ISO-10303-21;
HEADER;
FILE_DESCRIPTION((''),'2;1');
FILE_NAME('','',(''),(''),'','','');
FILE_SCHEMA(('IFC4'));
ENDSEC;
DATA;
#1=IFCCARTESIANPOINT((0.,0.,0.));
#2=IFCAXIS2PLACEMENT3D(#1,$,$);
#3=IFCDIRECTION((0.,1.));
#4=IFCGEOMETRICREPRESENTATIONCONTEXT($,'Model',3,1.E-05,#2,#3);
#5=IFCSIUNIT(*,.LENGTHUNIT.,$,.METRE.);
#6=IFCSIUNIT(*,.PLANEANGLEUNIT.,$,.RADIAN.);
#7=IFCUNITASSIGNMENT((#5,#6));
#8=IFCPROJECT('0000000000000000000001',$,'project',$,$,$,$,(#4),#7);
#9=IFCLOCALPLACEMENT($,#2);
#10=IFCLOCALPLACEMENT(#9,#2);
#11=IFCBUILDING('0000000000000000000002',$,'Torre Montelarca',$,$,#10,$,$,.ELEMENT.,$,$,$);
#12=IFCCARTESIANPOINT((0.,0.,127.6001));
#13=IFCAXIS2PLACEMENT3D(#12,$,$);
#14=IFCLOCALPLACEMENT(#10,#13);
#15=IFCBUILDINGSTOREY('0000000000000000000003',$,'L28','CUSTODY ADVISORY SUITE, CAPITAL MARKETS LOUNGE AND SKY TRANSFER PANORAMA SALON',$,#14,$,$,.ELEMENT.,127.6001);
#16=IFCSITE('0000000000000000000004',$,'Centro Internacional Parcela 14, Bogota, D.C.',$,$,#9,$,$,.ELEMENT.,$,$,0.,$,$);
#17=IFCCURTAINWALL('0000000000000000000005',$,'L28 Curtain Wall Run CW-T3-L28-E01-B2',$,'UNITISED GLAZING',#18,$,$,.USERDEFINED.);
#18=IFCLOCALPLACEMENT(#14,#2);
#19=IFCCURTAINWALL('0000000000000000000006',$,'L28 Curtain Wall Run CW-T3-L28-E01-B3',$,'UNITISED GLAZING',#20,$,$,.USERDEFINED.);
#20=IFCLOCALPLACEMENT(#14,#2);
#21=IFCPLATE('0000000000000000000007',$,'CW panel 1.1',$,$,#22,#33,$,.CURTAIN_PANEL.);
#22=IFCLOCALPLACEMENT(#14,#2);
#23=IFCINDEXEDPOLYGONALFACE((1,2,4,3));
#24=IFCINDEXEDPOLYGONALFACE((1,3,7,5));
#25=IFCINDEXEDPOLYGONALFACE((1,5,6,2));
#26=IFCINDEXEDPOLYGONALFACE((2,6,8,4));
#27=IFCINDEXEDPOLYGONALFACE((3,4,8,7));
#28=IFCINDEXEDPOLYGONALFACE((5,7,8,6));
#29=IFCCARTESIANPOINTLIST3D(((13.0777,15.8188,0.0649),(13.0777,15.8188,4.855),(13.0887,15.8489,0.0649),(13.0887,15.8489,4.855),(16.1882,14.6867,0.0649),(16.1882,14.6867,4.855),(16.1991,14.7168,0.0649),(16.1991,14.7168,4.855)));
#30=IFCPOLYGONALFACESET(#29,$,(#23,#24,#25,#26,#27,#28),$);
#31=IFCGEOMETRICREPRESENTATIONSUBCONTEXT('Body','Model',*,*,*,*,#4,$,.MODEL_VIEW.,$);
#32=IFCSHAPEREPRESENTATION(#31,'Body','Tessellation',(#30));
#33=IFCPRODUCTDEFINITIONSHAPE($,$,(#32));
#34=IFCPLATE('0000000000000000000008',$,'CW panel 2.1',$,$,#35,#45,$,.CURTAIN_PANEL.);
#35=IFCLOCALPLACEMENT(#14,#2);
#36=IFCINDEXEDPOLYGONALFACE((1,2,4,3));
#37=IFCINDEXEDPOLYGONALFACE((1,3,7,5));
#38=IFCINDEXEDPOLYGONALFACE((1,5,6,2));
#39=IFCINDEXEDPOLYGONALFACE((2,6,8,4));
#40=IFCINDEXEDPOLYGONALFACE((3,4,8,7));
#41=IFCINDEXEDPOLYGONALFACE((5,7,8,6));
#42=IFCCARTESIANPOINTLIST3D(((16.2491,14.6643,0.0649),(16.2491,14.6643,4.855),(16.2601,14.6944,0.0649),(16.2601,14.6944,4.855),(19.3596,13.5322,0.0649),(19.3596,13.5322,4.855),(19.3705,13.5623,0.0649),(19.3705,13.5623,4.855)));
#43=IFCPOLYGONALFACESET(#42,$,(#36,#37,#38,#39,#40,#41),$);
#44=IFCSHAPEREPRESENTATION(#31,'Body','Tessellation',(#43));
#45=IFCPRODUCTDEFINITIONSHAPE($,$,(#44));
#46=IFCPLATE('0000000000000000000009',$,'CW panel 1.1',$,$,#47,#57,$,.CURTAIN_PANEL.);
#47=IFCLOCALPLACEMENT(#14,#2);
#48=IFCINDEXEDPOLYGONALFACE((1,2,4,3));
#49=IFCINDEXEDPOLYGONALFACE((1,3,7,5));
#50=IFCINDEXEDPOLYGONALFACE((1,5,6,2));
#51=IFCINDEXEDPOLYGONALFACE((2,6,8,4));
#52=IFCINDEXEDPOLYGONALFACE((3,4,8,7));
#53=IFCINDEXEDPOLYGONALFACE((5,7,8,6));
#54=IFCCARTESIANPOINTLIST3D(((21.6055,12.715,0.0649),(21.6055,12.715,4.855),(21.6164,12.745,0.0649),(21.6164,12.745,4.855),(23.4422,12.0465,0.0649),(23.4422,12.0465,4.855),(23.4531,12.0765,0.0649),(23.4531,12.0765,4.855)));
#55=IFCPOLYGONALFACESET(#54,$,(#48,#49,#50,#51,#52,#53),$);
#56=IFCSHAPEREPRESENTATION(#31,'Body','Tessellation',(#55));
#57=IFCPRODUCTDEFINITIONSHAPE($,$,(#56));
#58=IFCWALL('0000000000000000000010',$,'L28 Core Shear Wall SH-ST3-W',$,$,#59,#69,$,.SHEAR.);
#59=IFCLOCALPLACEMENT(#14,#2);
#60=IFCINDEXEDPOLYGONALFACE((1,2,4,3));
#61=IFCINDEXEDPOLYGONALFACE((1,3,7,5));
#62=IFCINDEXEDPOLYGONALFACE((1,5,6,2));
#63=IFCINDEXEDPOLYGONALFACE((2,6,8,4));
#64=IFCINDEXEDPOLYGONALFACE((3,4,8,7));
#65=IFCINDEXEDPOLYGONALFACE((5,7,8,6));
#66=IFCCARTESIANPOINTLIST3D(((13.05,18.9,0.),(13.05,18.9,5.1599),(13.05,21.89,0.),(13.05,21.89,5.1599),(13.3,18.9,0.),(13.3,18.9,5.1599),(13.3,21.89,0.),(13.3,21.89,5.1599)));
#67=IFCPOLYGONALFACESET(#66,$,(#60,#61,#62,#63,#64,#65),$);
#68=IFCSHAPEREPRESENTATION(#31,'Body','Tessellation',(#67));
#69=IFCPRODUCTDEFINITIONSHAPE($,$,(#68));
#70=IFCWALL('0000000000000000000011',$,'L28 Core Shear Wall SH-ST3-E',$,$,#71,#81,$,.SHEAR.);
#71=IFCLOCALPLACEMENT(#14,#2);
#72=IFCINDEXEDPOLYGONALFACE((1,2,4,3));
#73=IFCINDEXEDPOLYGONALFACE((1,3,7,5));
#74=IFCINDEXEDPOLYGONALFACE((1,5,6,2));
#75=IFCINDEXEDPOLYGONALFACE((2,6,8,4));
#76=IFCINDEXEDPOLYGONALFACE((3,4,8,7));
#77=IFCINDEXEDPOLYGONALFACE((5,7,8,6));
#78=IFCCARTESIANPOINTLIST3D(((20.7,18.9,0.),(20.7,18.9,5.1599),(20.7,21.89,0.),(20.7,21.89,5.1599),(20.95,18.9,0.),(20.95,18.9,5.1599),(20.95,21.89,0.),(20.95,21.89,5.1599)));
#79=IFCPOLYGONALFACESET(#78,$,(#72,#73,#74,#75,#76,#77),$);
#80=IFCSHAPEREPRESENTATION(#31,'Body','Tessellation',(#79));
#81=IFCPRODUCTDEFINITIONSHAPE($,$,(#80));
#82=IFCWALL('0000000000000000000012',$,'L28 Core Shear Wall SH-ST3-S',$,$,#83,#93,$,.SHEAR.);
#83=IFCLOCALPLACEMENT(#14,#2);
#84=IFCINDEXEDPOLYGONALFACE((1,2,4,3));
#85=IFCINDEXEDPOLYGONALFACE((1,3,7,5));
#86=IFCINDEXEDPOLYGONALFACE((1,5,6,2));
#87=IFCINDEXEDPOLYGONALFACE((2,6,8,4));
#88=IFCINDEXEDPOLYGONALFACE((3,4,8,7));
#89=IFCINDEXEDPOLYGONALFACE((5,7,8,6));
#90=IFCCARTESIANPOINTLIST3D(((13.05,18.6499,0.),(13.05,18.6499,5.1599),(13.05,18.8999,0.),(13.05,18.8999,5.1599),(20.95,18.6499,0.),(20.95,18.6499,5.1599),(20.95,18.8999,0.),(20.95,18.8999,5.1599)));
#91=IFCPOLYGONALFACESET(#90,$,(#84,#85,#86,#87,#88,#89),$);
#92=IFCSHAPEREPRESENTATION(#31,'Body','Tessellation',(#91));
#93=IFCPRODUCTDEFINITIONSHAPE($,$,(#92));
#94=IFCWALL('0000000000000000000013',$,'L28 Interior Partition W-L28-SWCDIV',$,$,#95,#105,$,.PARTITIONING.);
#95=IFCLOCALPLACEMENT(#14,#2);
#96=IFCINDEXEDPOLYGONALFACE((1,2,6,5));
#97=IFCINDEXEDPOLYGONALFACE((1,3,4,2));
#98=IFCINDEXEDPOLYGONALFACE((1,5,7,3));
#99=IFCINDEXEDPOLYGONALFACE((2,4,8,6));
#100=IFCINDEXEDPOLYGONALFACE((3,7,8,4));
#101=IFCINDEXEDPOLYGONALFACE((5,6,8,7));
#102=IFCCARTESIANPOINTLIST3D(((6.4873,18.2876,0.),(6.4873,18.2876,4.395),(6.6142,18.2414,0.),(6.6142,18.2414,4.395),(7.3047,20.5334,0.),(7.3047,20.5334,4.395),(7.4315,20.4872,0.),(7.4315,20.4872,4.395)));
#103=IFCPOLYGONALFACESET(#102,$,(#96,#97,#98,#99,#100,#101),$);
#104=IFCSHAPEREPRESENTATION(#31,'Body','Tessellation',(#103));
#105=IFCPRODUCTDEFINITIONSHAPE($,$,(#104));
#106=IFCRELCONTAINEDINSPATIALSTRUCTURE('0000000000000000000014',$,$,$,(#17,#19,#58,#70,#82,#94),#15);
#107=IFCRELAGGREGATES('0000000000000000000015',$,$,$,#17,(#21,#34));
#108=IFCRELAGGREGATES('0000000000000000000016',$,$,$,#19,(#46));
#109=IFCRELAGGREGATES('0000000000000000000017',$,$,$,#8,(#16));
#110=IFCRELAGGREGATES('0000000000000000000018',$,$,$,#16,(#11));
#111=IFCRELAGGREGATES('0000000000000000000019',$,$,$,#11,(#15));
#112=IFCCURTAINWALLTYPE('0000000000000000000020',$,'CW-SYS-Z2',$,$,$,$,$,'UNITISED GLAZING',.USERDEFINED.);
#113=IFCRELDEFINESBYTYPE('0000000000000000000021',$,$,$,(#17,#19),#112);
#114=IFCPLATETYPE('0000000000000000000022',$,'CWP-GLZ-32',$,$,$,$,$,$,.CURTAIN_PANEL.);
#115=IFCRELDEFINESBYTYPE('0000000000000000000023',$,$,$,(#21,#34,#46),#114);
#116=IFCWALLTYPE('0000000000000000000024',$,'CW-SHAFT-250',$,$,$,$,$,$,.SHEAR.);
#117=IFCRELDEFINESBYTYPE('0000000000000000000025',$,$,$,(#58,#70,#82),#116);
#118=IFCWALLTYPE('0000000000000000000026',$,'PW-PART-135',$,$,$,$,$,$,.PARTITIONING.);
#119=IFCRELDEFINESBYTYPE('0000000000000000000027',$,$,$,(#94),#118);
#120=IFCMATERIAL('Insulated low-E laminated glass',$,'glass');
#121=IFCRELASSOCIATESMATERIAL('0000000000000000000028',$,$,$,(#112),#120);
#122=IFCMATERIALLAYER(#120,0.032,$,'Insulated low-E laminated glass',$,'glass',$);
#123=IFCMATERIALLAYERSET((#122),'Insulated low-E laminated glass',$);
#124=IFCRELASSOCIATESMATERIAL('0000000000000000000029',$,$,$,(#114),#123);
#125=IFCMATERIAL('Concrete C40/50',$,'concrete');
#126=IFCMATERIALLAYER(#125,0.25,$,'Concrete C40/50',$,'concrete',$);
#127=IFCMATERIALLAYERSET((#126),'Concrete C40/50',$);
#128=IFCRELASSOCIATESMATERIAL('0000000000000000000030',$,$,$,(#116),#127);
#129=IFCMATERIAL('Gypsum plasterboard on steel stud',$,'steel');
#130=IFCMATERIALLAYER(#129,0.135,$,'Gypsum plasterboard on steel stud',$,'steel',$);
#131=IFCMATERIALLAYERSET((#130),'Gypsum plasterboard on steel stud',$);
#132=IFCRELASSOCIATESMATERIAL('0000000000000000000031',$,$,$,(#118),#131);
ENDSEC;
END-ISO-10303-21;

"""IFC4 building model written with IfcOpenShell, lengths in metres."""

from ifc_helpers import new_model, si_unit, direction, frame, frame_2d, origin, origin_2d, place, context, subcontext, project, spatial, rectangle, extrude, source, transform, mapped, material, layer, layer_set, type_object, element, aggregate, save


model = new_model("IFC4")

# Units and contexts
model_context = context("Model", 3, precision=1e-05, world=origin(), true_north=direction((0.0, 1.0)))
body_context = subcontext(model_context, "Body", "Model", "MODEL_VIEW")
ifc_project = project(units=[si_unit("LENGTHUNIT", "METRE"), si_unit("PLANEANGLEUNIT", "RADIAN")], contexts=[model_context])

# Site, building, storey
site_placement = place(None, origin())
site = spatial("IfcSite", under=ifc_project, at=site_placement, Name="Centro Internacional Parcela 14, Bogota, D.C.", CompositionType="ELEMENT", RefElevation=0.0)
building_placement = place(site_placement, origin())
building = spatial("IfcBuilding", under=site, at=building_placement, Name="Torre Montelarca", CompositionType="ELEMENT")
storey_placement = place(building_placement, frame((0.0, 0.0, 127.6001)))
storey = spatial("IfcBuildingStorey", under=building, at=storey_placement, Name="L28", Description="CUSTODY ADVISORY SUITE, CAPITAL MARKETS LOUNGE AND SKY TRANSFER PANORAMA SALON", CompositionType="ELEMENT", Elevation=127.6001)

# Curtain wall
ifc_material_1 = material(Name="Insulated low-E laminated glass", Category="glass")
curtain_wall_type = type_object("IfcCurtainWallType", Name="CW-SYS-Z2", ElementType="UNITISED GLAZING", PredefinedType="USERDEFINED", material=ifc_material_1)
curtain_wall_1_placement = place(storey_placement, origin())
curtain_wall_1 = element("IfcCurtainWall", 1, at=curtain_wall_1_placement, inside=storey, type_object=curtain_wall_type, Name="L28 Curtain Wall Run CW-T3-L28-E01-B2", ObjectType="UNITISED GLAZING", PredefinedType="USERDEFINED")

# Curtain wall
curtain_wall_2_placement = place(storey_placement, origin())
curtain_wall_2 = element("IfcCurtainWall", 2, at=curtain_wall_2_placement, inside=storey, type_object=curtain_wall_type, Name="L28 Curtain Wall Run CW-T3-L28-E01-B3", ObjectType="UNITISED GLAZING", PredefinedType="USERDEFINED")

# Shared definitions
ifc_material_2 = material(Name="Concrete C40/50", Category="concrete")

# Plates
ifc_layer_1 = layer(ifc_material_1, 0.032, Name="Insulated low-E laminated glass", Category="glass")
ifc_layer_set_1 = layer_set([ifc_layer_1], Name="Insulated low-E laminated glass")
plate_type = type_object("IfcPlateType", Name="CWP-GLZ-32", PredefinedType="CURTAIN_PANEL", material=ifc_layer_set_1)
shared_shape_1 = source(origin(), body_context, "Body", "SweptSolid", [
    extrude(rectangle(XDim=3.3101, YDim=0.032, at=origin_2d()), origin(), (0.0, 0.0, 1.0), 4.79),
])
plate_1_placement = place(storey_placement, frame((14.6384, 15.2678, 0.0649), z_axis=(0.0, 0.0, 1.0), x_axis=(0.939693, -0.34202, 0.0)))
plate_1 = element("IfcPlate", 3, at=plate_1_placement, type_object=plate_type, Name="CW panel 1.1", PredefinedType="CURTAIN_PANEL", context=body_context, shape_type="MappedRepresentation", body=[
    mapped(shared_shape_1, transform((0.0, 0.0, 0.0), scale=1.0)),
])
plate_2_placement = place(storey_placement, frame((17.8098, 14.1133, 0.0649), z_axis=(0.0, 0.0, 1.0), x_axis=(0.939693, -0.34202, 0.0)))
plate_2 = element("IfcPlate", 4, at=plate_2_placement, type_object=plate_type, Name="CW panel 2.1", PredefinedType="CURTAIN_PANEL", context=body_context, shape_type="MappedRepresentation", body=[
    mapped(shared_shape_1, transform((0.0, 0.0, 0.0), scale=1.0)),
])
aggregate(curtain_wall_1, [plate_1, plate_2])
shared_shape_2 = source(origin(), body_context, "Body", "SweptSolid", [
    extrude(rectangle(XDim=1.9546, YDim=0.032, at=origin_2d()), origin(), (0.0, 0.0, 1.0), 4.79),
])
plate_3_placement = place(storey_placement, frame((22.5293, 12.3958, 0.0649), z_axis=(0.0, 0.0, 1.0), x_axis=(0.939692, -0.342023, 0.0)))
plate_3 = element("IfcPlate", 5, at=plate_3_placement, type_object=plate_type, Name="CW panel 1.1", PredefinedType="CURTAIN_PANEL", context=body_context, shape_type="MappedRepresentation", body=[
    mapped(shared_shape_2, transform((0.0, 0.0, 0.0), scale=1.0)),
])
aggregate(curtain_wall_2, [plate_3])

# Walls
ifc_layer_2 = layer(ifc_material_2, 0.25, Name="Concrete C40/50", Category="concrete")
ifc_layer_set_2 = layer_set([ifc_layer_2], Name="Concrete C40/50")
wall_type_1 = type_object("IfcWallType", Name="CW-SHAFT-250", PredefinedType="SHEAR", material=ifc_layer_set_2)
for number, where, z_axis, x_axis, name in (
    (6, (13.175, 18.8999, 0.0), (0.0, 0.0, 1.0), (0.0, 1.0, 0.0), "L28 Core Shear Wall SH-ST3-W"),
    (7, (20.825, 18.8999, 0.0), (0.0, 0.0, 1.0), (0.0, 1.0, 0.0), "L28 Core Shear Wall SH-ST3-E"),
):
    element("IfcWall", number, at=place(storey_placement, frame(where, z_axis=z_axis, x_axis=x_axis)), inside=storey, type_object=wall_type_1, Name=name, PredefinedType="SHEAR", context=body_context, shape_type="SweptSolid", body=[
        extrude(rectangle(XDim=2.99, YDim=0.25, at=frame_2d((1.4951, 0.0))), origin(), (0.0, 0.0, 1.0), 5.1599),
    ])
wall_1_placement = place(storey_placement, frame((13.05, 18.7749, 0.0), z_axis=(0.0, 0.0, 1.0), x_axis=(1.0, 0.0, 0.0)))
element("IfcWall", 8, at=wall_1_placement, inside=storey, type_object=wall_type_1, Name="L28 Core Shear Wall SH-ST3-S", PredefinedType="SHEAR", context=body_context, shape_type="SweptSolid", body=[
    extrude(rectangle(XDim=7.8999, YDim=0.25, at=frame_2d((3.95, 0.0))), origin(), (0.0, 0.0, 1.0), 5.1599),
])
ifc_material_3 = material(Name="Gypsum plasterboard on steel stud", Category="steel")
ifc_layer_3 = layer(ifc_material_3, 0.135, Name="Gypsum plasterboard on steel stud", Category="steel")
ifc_layer_set_3 = layer_set([ifc_layer_3], Name="Gypsum plasterboard on steel stud")
wall_type_2 = type_object("IfcWallType", Name="PW-PART-135", PredefinedType="PARTITIONING", material=ifc_layer_set_3)
wall_2_placement = place(storey_placement, frame((6.5508, 18.2646, 0.0), z_axis=(0.0, 0.0, 1.0), x_axis=(0.342006, 0.939698, 0.0)))
element("IfcWall", 9, at=wall_2_placement, inside=storey, type_object=wall_type_2, Name="L28 Interior Partition W-L28-SWCDIV", PredefinedType="PARTITIONING", context=body_context, shape_type="SweptSolid", body=[
    extrude(rectangle(XDim=2.3899, YDim=0.135, at=frame_2d((1.1948, 0.0))), origin(), (0.0, 0.0, 1.0), 4.395),
])

save(model, "model.ifc")
